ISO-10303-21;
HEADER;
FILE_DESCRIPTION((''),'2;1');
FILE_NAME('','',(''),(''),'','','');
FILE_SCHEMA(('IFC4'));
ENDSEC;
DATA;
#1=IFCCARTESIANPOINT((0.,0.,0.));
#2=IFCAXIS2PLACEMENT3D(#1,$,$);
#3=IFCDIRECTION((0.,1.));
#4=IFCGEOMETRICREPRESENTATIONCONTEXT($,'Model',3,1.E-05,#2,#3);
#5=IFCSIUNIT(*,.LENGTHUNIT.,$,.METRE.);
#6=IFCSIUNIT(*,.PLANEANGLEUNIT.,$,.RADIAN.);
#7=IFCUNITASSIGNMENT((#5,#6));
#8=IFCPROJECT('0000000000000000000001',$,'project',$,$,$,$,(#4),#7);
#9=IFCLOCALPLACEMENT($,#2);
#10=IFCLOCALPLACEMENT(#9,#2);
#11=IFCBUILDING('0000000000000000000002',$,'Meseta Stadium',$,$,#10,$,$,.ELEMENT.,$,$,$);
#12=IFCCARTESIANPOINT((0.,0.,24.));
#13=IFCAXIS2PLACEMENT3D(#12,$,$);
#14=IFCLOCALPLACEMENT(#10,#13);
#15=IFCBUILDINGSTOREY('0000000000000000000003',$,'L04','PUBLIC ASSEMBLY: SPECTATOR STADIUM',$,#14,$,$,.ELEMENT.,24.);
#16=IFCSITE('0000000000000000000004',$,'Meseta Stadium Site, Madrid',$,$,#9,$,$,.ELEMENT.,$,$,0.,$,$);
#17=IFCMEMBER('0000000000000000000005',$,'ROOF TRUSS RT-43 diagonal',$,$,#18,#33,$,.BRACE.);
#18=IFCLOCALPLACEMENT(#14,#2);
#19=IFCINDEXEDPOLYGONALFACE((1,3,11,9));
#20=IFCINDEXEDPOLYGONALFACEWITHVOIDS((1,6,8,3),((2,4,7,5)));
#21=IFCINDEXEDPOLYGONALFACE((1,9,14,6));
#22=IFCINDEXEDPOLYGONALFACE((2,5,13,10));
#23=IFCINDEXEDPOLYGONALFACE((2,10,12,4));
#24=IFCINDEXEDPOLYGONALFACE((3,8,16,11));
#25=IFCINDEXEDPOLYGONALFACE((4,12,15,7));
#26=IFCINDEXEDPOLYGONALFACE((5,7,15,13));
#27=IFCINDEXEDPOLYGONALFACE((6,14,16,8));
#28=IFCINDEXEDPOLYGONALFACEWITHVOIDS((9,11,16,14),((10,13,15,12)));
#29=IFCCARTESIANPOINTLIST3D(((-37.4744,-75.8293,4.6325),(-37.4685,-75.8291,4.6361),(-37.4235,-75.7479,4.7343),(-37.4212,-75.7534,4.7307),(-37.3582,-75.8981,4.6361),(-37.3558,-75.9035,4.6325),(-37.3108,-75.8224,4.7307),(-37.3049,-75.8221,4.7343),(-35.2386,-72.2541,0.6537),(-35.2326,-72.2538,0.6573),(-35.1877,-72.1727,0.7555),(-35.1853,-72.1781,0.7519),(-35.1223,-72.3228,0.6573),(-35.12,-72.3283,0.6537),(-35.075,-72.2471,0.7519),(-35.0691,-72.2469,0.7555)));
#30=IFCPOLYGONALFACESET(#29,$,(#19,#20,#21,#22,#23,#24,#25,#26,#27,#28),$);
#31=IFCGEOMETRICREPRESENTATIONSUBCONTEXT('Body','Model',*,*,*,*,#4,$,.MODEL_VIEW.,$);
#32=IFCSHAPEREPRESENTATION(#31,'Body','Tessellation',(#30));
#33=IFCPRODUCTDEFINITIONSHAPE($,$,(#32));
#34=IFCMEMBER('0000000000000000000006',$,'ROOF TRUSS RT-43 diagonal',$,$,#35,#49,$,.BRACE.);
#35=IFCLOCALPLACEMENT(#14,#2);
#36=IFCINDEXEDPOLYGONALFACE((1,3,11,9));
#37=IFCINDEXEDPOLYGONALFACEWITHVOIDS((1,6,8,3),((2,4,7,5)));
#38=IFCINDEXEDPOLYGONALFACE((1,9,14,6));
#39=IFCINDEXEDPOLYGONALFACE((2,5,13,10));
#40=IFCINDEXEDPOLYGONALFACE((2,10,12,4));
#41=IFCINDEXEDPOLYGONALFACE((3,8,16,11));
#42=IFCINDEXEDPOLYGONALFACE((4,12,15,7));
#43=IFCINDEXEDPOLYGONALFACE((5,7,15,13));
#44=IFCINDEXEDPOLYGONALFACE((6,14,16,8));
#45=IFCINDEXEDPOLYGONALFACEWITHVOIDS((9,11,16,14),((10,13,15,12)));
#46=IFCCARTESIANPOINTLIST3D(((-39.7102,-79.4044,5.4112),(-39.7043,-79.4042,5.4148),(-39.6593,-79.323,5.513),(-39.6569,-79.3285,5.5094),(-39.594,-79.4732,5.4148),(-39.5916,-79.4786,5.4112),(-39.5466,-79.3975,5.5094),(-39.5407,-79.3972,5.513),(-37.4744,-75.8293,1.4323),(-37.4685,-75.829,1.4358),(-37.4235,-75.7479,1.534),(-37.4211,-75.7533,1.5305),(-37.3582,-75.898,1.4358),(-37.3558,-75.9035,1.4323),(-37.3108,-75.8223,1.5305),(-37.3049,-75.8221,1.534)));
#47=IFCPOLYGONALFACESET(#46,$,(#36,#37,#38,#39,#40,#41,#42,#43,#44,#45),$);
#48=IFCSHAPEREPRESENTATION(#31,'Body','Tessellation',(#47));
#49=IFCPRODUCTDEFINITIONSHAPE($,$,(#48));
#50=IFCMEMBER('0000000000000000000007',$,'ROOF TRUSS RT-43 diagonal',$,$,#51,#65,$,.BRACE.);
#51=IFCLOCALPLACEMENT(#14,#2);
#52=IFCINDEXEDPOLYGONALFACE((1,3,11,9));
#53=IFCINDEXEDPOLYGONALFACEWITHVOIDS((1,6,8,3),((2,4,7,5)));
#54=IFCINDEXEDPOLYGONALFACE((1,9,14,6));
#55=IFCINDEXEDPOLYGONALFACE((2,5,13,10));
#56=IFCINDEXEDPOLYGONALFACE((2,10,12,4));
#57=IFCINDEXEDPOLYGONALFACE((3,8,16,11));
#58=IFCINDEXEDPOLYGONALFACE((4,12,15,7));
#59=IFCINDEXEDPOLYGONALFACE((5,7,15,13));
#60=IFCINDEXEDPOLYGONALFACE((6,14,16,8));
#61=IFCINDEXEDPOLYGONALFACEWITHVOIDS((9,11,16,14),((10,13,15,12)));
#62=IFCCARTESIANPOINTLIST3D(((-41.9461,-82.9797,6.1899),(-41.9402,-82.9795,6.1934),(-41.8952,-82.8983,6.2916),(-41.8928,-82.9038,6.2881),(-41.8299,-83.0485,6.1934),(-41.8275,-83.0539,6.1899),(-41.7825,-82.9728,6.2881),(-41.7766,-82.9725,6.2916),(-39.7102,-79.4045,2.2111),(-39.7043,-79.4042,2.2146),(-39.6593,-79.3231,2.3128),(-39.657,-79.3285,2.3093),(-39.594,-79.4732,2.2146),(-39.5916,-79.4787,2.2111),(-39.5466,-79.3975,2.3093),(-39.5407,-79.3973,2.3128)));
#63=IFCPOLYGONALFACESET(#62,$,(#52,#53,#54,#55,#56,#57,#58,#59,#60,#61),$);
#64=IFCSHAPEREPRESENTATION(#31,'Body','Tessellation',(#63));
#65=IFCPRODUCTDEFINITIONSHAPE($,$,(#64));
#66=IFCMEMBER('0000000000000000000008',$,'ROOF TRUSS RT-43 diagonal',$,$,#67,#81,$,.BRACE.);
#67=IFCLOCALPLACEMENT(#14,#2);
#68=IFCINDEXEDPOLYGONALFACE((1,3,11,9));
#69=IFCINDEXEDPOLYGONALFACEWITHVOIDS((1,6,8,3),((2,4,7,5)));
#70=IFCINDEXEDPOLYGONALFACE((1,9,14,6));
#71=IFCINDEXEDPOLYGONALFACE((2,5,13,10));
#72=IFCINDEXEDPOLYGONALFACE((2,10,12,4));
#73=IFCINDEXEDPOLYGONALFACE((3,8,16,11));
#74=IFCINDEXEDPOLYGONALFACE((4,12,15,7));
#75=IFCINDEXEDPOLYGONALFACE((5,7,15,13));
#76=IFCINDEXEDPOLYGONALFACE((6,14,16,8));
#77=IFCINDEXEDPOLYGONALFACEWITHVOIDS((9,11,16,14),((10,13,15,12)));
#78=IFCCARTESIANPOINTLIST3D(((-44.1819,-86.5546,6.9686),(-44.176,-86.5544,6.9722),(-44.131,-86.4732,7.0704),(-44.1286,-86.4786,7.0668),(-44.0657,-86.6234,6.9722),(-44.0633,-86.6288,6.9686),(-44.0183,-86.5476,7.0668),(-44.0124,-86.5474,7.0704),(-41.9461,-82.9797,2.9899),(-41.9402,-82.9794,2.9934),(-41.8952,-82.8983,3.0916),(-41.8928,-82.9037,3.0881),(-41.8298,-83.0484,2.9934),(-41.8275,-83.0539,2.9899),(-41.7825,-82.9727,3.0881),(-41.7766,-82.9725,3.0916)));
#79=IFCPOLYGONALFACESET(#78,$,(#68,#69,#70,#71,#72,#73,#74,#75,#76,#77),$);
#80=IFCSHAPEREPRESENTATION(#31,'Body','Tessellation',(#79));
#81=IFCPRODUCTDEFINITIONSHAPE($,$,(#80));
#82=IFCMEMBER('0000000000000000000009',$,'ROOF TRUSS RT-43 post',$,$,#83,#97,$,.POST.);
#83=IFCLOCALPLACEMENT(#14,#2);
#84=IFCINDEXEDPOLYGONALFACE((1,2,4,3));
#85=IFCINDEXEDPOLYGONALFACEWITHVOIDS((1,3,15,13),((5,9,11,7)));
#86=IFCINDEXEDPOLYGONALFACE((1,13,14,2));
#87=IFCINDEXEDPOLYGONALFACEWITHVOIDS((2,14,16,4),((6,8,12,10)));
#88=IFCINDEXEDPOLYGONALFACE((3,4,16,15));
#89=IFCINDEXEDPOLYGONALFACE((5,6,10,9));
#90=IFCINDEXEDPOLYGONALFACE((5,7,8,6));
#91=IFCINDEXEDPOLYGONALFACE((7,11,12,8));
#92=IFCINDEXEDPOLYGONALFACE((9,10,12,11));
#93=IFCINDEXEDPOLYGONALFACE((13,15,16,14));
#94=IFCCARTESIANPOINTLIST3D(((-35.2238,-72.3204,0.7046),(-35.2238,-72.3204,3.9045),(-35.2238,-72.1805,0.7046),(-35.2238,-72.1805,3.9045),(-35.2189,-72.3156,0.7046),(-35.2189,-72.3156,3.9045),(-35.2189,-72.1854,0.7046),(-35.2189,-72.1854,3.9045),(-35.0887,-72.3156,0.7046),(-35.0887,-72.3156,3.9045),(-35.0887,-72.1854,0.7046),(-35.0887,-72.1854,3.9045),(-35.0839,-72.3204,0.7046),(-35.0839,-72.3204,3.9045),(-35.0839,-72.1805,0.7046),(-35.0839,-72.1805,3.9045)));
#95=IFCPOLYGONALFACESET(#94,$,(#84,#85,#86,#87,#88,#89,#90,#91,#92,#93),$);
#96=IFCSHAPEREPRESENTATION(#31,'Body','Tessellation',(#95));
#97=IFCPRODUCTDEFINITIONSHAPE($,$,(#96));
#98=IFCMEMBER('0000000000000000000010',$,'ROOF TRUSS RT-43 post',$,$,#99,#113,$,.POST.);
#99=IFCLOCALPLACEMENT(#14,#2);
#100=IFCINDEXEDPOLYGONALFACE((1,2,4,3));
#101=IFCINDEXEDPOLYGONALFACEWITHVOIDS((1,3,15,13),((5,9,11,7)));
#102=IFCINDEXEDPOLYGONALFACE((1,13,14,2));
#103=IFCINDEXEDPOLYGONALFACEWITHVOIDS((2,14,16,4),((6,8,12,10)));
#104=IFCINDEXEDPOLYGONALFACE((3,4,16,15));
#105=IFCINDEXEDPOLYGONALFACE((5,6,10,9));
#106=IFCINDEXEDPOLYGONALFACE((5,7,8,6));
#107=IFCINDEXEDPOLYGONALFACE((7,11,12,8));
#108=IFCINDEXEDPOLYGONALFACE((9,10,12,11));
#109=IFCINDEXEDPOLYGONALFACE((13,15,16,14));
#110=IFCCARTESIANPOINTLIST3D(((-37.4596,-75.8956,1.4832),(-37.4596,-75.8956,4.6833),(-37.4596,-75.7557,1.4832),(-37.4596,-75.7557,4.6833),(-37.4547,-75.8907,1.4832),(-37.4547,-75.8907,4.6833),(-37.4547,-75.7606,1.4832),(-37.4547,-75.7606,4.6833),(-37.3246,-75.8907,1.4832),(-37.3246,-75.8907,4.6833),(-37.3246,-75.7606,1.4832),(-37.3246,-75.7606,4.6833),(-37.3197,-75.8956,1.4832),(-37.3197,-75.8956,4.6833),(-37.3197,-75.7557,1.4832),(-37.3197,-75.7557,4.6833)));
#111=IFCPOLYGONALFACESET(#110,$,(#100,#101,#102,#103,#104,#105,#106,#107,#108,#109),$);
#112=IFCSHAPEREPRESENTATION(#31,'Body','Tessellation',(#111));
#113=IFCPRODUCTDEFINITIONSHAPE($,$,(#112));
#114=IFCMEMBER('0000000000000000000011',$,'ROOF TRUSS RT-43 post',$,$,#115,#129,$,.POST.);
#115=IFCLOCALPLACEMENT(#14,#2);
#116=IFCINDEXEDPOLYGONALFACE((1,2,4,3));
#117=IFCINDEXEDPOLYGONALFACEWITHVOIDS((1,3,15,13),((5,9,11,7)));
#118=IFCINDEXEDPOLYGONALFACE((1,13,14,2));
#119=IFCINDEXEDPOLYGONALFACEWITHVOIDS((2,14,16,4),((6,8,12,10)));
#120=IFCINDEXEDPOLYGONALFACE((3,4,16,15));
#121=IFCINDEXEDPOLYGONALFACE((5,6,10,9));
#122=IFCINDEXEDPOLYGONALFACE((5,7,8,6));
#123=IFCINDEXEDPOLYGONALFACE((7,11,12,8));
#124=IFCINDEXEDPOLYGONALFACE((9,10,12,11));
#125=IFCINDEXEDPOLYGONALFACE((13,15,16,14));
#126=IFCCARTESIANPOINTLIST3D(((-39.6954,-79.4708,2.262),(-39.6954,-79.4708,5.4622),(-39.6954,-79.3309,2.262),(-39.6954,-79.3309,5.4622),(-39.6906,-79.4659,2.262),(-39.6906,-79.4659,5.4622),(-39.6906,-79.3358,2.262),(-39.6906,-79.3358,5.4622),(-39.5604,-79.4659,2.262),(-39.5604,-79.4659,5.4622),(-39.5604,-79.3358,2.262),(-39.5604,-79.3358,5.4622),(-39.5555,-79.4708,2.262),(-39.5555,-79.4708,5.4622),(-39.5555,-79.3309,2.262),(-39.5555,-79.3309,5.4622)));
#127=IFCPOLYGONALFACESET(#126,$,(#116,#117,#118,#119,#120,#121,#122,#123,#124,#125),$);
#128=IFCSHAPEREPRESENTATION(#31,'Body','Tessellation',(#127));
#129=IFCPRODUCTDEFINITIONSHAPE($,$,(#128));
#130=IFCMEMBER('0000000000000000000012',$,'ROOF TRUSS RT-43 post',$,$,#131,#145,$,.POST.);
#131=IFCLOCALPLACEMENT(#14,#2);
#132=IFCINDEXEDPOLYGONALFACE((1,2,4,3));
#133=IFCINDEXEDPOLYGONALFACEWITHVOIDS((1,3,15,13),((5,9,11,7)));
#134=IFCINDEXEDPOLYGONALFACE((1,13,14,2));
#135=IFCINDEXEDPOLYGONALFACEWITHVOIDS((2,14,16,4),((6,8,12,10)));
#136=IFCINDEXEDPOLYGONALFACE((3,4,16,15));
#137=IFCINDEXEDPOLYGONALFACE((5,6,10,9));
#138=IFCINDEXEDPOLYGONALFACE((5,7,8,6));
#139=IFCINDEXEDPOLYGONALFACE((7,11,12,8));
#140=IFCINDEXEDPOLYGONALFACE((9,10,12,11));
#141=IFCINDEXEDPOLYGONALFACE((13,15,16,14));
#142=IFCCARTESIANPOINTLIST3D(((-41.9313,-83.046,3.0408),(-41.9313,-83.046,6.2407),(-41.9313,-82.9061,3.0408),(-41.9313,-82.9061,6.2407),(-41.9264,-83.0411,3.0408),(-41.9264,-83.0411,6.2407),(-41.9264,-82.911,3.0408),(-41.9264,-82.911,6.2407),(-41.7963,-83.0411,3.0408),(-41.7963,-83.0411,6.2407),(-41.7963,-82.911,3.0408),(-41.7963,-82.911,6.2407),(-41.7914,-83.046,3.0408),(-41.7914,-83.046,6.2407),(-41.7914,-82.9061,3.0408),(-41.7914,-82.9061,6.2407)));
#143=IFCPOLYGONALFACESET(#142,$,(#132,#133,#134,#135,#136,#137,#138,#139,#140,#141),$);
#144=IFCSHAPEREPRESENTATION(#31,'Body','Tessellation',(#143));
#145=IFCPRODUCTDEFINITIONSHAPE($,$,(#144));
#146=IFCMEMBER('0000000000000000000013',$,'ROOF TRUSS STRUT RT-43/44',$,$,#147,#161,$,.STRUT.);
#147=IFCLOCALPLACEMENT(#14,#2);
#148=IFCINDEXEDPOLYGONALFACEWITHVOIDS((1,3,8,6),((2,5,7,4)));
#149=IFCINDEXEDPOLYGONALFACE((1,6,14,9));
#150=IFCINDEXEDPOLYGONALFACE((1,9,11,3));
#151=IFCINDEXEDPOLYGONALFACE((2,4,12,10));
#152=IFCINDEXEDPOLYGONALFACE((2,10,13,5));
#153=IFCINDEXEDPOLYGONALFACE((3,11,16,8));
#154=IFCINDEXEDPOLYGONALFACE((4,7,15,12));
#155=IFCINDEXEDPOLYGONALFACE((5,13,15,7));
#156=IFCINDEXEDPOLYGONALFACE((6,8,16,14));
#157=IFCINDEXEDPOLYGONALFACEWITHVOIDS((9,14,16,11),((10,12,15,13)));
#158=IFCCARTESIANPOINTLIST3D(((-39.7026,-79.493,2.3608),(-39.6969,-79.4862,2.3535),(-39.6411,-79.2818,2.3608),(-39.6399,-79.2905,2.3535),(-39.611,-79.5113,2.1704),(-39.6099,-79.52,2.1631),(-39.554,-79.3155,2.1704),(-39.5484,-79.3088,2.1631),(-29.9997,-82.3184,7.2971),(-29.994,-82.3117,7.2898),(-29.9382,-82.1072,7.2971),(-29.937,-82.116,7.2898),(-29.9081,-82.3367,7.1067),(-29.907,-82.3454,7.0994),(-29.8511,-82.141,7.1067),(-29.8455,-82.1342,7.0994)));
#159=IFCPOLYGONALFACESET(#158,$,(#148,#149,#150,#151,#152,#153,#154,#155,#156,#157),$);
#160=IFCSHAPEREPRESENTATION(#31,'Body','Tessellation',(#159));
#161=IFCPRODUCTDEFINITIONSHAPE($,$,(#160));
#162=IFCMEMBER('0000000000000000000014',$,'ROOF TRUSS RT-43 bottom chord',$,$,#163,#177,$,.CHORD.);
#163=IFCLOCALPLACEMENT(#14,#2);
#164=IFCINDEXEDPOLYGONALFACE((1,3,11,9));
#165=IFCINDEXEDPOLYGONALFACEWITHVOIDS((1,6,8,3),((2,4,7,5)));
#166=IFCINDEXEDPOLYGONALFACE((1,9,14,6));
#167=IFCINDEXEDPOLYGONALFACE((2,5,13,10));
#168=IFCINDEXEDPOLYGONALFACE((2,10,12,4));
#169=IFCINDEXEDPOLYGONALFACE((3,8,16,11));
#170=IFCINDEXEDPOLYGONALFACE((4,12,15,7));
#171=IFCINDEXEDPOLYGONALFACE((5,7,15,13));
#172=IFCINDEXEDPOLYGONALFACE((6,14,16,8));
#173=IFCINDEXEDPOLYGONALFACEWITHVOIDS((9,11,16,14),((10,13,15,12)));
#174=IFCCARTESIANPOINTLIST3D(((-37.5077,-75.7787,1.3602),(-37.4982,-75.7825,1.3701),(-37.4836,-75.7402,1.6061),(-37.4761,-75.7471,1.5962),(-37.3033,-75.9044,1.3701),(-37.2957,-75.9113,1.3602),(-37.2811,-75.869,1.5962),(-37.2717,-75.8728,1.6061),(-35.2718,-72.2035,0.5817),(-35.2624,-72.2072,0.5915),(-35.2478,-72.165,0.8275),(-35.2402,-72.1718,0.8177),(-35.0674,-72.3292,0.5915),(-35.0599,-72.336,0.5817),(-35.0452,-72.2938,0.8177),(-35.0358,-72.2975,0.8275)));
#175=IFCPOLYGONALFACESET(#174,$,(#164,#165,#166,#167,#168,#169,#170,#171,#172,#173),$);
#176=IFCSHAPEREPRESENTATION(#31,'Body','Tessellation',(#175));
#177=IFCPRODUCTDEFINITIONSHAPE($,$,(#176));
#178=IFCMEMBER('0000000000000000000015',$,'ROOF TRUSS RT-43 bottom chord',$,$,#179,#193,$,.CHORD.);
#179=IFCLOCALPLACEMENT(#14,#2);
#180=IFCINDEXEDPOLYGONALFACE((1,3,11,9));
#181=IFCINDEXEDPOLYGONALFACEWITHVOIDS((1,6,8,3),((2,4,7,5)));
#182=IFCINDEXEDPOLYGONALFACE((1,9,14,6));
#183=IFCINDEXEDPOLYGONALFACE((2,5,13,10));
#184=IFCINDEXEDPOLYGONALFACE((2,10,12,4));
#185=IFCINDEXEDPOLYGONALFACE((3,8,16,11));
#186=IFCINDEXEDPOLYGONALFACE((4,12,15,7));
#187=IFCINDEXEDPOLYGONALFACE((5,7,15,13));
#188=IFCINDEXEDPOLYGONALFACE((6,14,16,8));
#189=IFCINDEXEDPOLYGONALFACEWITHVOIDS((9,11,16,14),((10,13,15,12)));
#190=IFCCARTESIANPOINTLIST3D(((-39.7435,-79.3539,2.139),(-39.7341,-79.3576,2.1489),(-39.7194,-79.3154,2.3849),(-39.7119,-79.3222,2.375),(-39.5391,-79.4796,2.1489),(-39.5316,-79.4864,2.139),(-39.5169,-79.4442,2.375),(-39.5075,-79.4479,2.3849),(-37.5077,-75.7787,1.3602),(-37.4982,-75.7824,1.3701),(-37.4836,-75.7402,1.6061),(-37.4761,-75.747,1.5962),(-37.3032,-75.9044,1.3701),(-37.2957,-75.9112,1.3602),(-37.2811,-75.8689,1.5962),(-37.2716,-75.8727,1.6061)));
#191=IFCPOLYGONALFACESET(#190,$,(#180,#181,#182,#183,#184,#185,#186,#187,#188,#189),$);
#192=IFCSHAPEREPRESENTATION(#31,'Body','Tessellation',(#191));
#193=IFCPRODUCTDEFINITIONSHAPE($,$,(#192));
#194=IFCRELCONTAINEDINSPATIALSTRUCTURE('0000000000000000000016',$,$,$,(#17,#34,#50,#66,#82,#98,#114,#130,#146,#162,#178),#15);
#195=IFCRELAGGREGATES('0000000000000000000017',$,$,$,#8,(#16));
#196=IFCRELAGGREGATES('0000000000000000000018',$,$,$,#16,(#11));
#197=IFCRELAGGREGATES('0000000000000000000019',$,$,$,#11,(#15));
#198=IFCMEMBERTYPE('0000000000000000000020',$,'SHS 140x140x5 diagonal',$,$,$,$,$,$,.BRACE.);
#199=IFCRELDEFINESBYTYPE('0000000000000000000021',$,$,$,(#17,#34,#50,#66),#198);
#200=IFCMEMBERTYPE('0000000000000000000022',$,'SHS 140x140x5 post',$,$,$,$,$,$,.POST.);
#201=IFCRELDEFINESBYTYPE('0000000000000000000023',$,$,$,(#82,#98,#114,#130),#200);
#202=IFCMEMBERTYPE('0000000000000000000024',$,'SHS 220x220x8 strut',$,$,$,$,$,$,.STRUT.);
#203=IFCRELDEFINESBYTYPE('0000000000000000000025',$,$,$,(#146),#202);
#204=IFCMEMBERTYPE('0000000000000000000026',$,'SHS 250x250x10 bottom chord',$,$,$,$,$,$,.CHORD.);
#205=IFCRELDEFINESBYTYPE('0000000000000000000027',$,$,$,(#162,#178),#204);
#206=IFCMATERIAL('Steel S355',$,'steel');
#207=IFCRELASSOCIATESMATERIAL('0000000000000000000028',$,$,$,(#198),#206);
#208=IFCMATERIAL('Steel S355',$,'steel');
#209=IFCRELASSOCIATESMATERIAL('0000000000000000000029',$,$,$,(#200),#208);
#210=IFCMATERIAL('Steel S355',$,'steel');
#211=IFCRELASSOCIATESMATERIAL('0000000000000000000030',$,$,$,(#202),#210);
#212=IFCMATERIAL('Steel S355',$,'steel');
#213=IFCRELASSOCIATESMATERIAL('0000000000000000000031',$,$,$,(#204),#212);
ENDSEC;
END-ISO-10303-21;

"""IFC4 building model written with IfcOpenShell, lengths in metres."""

from ifc_helpers import new_model, si_unit, direction, frame, origin, origin_2d, place, context, subcontext, project, spatial, hollow_rectangle, extrude, material, material_profile, profile_set, type_object, element, save


model = new_model("IFC4")

# Units and contexts
model_context = context("Model", 3, precision=1e-05, world=origin(), true_north=direction((0.0, 1.0)))
body_context = subcontext(model_context, "Body", "Model", "MODEL_VIEW")
ifc_project = project(units=[si_unit("LENGTHUNIT", "METRE"), si_unit("PLANEANGLEUNIT", "RADIAN")], contexts=[model_context])

# Site, building, storey
site_placement = place(None, origin())
site = spatial("IfcSite", under=ifc_project, at=site_placement, Name="Meseta Stadium Site, Madrid", CompositionType="ELEMENT", RefElevation=0.0)
building_placement = place(site_placement, origin())
building = spatial("IfcBuilding", under=site, at=building_placement, Name="Meseta Stadium", CompositionType="ELEMENT")
storey_placement = place(building_placement, frame((0.0, 0.0, 24.0)))
storey = spatial("IfcBuildingStorey", under=building, at=storey_placement, Name="L04", Description="PUBLIC ASSEMBLY: SPECTATOR STADIUM", CompositionType="ELEMENT", Elevation=24.0)

# Members
ifc_material_1 = material(Name="Steel S355", Category="steel")
ifc_material_profile_1 = material_profile(ifc_material_1, hollow_rectangle(XDim=0.1399, YDim=0.1399, WallThickness=0.0049, at=origin_2d()), Name="SHS 140x140x5")
ifc_profile_set_1 = profile_set([ifc_material_profile_1], Name="Steel S355")
member_type_1 = type_object("IfcMemberType", Name="SHS 140x140x5 diagonal", PredefinedType="BRACE", material=ifc_profile_set_1)
for number, where, z_axis, x_axis, name in (
    (1, (-35.1538, -72.2505, 0.7046), (-0.385653, -0.616674, 0.686284), (0.847855, -0.530228, 0.0), "ROOF TRUSS RT-43 diagonal"),
    (2, (-37.3896, -75.8257, 1.4832), (-0.385642, -0.616656, 0.686306), (0.847855, -0.530228, 0.0), "ROOF TRUSS RT-43 diagonal"),
    (3, (-39.6255, -79.4009, 2.262), (-0.385653, -0.616674, 0.686284), (0.847855, -0.530228, 0.0), "ROOF TRUSS RT-43 diagonal"),
):
    element("IfcMember", number, at=place(storey_placement, frame(where, z_axis=z_axis, x_axis=x_axis)), inside=storey, type_object=member_type_1, Name=name, PredefinedType="BRACE", context=body_context, shape_type="SweptSolid", body=[
        extrude(hollow_rectangle(XDim=0.1399, YDim=0.1399, WallThickness=0.0049, at=origin_2d()), origin(), (0.0, 0.0, 1.0), 5.7976),
    ])
member_1_placement = place(storey_placement, frame((-41.8613, -82.9761, 3.0408), z_axis=(-0.385663, -0.616648, 0.686301), x_axis=(0.847839, -0.530254, 0.0)))
element("IfcMember", 4, at=member_1_placement, inside=storey, type_object=member_type_1, Name="ROOF TRUSS RT-43 diagonal", PredefinedType="BRACE", context=body_context, shape_type="SweptSolid", body=[
    extrude(hollow_rectangle(XDim=0.1399, YDim=0.1399, WallThickness=0.0049, at=origin_2d()), origin(), (0.0, 0.0, 1.0), 5.7974),
])
ifc_material_2 = material(Name="Steel S355", Category="steel")
ifc_material_profile_2 = material_profile(ifc_material_2, hollow_rectangle(XDim=0.1399, YDim=0.1399, WallThickness=0.0049, at=origin_2d()), Name="SHS 140x140x5")
ifc_profile_set_2 = profile_set([ifc_material_profile_2], Name="Steel S355")
member_type_2 = type_object("IfcMemberType", Name="SHS 140x140x5 post", PredefinedType="POST", material=ifc_profile_set_2)
member_2_placement = place(storey_placement, frame((-35.1538, -72.2505, 0.7046), z_axis=(0.0, 0.0, 1.0), x_axis=(1.0, 0.0, 0.0)))
element("IfcMember", 5, at=member_2_placement, inside=storey, type_object=member_type_2, Name="ROOF TRUSS RT-43 post", PredefinedType="POST", context=body_context, shape_type="SweptSolid", body=[
    extrude(hollow_rectangle(XDim=0.1399, YDim=0.1399, WallThickness=0.0049, at=origin_2d()), origin(), (0.0, 0.0, 1.0), 3.2),
])
for number, where, z_axis, x_axis, name in (
    (6, (-37.3896, -75.8257, 1.4832), (0.0, 0.0, 1.0), (1.0, 0.0, 0.0), "ROOF TRUSS RT-43 post"),
    (7, (-39.6255, -79.4009, 2.262), (0.0, 0.0, 1.0), (1.0, 0.0, 0.0), "ROOF TRUSS RT-43 post"),
):
    element("IfcMember", number, at=place(storey_placement, frame(where, z_axis=z_axis, x_axis=x_axis)), inside=storey, type_object=member_type_2, Name=name, PredefinedType="POST", context=body_context, shape_type="SweptSolid", body=[
        extrude(hollow_rectangle(XDim=0.1399, YDim=0.1399, WallThickness=0.0049, at=origin_2d()), origin(), (0.0, 0.0, 1.0), 3.2002),
    ])
member_3_placement = place(storey_placement, frame((-41.8613, -82.9761, 3.0408), z_axis=(0.0, 0.0, 1.0), x_axis=(1.0, 0.0, 0.0)))
element("IfcMember", 8, at=member_3_placement, inside=storey, type_object=member_type_2, Name="ROOF TRUSS RT-43 post", PredefinedType="POST", context=body_context, shape_type="SweptSolid", body=[
    extrude(hollow_rectangle(XDim=0.1399, YDim=0.1399, WallThickness=0.0049, at=origin_2d()), origin(), (0.0, 0.0, 1.0), 3.2),
])
ifc_material_3 = material(Name="Steel S355", Category="steel")
ifc_material_profile_3 = material_profile(ifc_material_3, hollow_rectangle(XDim=0.22, YDim=0.22, WallThickness=0.0081, at=origin_2d()), Name="SHS 220x220x8")
ifc_profile_set_3 = profile_set([ifc_material_profile_3], Name="Steel S355")
member_type_3 = type_object("IfcMemberType", Name="SHS 220x220x8 strut", PredefinedType="STRUT", material=ifc_profile_set_3)
member_4_placement = place(storey_placement, frame((-39.6255, -79.4009, 2.262), z_axis=(0.862705, -0.251216, 0.438896), x_axis=(0.279583, 0.960121, 0.0)))
element("IfcMember", 9, at=member_4_placement, inside=storey, type_object=member_type_3, Name="ROOF TRUSS STRUT RT-43/44", PredefinedType="STRUT", context=body_context, shape_type="SweptSolid", body=[
    extrude(hollow_rectangle(XDim=0.22, YDim=0.22, WallThickness=0.0081, at=origin_2d()), origin(), (0.0, 0.0, 1.0), 11.2471),
])
ifc_material_4 = material(Name="Steel S355", Category="steel")
ifc_material_profile_4 = material_profile(ifc_material_4, hollow_rectangle(XDim=0.25, YDim=0.25, WallThickness=0.01, at=origin_2d()), Name="SHS 250x250x10")
ifc_profile_set_4 = profile_set([ifc_material_profile_4], Name="Steel S355")
member_type_4 = type_object("IfcMemberType", Name="SHS 250x250x10 bottom chord", PredefinedType="CHORD", material=ifc_profile_set_4)
for number, where, z_axis, x_axis, name in (
    (10, (-35.1538, -72.2505, 0.7046), (-0.521415, -0.833763, 0.181567), (0.847855, -0.530228, 0.0), "ROOF TRUSS RT-43 bottom chord"),
    (11, (-37.3896, -75.8257, 1.4832), (-0.521409, -0.833754, 0.181622), (0.847855, -0.530228, 0.0), "ROOF TRUSS RT-43 bottom chord"),
):
    element("IfcMember", number, at=place(storey_placement, frame(where, z_axis=z_axis, x_axis=x_axis)), inside=storey, type_object=member_type_4, Name=name, PredefinedType="CHORD", context=body_context, shape_type="SweptSolid", body=[
        extrude(hollow_rectangle(XDim=0.25, YDim=0.25, WallThickness=0.01, at=origin_2d()), origin(), (0.0, 0.0, 1.0), 4.2881),
    ])

save(model, "model.ifc")
